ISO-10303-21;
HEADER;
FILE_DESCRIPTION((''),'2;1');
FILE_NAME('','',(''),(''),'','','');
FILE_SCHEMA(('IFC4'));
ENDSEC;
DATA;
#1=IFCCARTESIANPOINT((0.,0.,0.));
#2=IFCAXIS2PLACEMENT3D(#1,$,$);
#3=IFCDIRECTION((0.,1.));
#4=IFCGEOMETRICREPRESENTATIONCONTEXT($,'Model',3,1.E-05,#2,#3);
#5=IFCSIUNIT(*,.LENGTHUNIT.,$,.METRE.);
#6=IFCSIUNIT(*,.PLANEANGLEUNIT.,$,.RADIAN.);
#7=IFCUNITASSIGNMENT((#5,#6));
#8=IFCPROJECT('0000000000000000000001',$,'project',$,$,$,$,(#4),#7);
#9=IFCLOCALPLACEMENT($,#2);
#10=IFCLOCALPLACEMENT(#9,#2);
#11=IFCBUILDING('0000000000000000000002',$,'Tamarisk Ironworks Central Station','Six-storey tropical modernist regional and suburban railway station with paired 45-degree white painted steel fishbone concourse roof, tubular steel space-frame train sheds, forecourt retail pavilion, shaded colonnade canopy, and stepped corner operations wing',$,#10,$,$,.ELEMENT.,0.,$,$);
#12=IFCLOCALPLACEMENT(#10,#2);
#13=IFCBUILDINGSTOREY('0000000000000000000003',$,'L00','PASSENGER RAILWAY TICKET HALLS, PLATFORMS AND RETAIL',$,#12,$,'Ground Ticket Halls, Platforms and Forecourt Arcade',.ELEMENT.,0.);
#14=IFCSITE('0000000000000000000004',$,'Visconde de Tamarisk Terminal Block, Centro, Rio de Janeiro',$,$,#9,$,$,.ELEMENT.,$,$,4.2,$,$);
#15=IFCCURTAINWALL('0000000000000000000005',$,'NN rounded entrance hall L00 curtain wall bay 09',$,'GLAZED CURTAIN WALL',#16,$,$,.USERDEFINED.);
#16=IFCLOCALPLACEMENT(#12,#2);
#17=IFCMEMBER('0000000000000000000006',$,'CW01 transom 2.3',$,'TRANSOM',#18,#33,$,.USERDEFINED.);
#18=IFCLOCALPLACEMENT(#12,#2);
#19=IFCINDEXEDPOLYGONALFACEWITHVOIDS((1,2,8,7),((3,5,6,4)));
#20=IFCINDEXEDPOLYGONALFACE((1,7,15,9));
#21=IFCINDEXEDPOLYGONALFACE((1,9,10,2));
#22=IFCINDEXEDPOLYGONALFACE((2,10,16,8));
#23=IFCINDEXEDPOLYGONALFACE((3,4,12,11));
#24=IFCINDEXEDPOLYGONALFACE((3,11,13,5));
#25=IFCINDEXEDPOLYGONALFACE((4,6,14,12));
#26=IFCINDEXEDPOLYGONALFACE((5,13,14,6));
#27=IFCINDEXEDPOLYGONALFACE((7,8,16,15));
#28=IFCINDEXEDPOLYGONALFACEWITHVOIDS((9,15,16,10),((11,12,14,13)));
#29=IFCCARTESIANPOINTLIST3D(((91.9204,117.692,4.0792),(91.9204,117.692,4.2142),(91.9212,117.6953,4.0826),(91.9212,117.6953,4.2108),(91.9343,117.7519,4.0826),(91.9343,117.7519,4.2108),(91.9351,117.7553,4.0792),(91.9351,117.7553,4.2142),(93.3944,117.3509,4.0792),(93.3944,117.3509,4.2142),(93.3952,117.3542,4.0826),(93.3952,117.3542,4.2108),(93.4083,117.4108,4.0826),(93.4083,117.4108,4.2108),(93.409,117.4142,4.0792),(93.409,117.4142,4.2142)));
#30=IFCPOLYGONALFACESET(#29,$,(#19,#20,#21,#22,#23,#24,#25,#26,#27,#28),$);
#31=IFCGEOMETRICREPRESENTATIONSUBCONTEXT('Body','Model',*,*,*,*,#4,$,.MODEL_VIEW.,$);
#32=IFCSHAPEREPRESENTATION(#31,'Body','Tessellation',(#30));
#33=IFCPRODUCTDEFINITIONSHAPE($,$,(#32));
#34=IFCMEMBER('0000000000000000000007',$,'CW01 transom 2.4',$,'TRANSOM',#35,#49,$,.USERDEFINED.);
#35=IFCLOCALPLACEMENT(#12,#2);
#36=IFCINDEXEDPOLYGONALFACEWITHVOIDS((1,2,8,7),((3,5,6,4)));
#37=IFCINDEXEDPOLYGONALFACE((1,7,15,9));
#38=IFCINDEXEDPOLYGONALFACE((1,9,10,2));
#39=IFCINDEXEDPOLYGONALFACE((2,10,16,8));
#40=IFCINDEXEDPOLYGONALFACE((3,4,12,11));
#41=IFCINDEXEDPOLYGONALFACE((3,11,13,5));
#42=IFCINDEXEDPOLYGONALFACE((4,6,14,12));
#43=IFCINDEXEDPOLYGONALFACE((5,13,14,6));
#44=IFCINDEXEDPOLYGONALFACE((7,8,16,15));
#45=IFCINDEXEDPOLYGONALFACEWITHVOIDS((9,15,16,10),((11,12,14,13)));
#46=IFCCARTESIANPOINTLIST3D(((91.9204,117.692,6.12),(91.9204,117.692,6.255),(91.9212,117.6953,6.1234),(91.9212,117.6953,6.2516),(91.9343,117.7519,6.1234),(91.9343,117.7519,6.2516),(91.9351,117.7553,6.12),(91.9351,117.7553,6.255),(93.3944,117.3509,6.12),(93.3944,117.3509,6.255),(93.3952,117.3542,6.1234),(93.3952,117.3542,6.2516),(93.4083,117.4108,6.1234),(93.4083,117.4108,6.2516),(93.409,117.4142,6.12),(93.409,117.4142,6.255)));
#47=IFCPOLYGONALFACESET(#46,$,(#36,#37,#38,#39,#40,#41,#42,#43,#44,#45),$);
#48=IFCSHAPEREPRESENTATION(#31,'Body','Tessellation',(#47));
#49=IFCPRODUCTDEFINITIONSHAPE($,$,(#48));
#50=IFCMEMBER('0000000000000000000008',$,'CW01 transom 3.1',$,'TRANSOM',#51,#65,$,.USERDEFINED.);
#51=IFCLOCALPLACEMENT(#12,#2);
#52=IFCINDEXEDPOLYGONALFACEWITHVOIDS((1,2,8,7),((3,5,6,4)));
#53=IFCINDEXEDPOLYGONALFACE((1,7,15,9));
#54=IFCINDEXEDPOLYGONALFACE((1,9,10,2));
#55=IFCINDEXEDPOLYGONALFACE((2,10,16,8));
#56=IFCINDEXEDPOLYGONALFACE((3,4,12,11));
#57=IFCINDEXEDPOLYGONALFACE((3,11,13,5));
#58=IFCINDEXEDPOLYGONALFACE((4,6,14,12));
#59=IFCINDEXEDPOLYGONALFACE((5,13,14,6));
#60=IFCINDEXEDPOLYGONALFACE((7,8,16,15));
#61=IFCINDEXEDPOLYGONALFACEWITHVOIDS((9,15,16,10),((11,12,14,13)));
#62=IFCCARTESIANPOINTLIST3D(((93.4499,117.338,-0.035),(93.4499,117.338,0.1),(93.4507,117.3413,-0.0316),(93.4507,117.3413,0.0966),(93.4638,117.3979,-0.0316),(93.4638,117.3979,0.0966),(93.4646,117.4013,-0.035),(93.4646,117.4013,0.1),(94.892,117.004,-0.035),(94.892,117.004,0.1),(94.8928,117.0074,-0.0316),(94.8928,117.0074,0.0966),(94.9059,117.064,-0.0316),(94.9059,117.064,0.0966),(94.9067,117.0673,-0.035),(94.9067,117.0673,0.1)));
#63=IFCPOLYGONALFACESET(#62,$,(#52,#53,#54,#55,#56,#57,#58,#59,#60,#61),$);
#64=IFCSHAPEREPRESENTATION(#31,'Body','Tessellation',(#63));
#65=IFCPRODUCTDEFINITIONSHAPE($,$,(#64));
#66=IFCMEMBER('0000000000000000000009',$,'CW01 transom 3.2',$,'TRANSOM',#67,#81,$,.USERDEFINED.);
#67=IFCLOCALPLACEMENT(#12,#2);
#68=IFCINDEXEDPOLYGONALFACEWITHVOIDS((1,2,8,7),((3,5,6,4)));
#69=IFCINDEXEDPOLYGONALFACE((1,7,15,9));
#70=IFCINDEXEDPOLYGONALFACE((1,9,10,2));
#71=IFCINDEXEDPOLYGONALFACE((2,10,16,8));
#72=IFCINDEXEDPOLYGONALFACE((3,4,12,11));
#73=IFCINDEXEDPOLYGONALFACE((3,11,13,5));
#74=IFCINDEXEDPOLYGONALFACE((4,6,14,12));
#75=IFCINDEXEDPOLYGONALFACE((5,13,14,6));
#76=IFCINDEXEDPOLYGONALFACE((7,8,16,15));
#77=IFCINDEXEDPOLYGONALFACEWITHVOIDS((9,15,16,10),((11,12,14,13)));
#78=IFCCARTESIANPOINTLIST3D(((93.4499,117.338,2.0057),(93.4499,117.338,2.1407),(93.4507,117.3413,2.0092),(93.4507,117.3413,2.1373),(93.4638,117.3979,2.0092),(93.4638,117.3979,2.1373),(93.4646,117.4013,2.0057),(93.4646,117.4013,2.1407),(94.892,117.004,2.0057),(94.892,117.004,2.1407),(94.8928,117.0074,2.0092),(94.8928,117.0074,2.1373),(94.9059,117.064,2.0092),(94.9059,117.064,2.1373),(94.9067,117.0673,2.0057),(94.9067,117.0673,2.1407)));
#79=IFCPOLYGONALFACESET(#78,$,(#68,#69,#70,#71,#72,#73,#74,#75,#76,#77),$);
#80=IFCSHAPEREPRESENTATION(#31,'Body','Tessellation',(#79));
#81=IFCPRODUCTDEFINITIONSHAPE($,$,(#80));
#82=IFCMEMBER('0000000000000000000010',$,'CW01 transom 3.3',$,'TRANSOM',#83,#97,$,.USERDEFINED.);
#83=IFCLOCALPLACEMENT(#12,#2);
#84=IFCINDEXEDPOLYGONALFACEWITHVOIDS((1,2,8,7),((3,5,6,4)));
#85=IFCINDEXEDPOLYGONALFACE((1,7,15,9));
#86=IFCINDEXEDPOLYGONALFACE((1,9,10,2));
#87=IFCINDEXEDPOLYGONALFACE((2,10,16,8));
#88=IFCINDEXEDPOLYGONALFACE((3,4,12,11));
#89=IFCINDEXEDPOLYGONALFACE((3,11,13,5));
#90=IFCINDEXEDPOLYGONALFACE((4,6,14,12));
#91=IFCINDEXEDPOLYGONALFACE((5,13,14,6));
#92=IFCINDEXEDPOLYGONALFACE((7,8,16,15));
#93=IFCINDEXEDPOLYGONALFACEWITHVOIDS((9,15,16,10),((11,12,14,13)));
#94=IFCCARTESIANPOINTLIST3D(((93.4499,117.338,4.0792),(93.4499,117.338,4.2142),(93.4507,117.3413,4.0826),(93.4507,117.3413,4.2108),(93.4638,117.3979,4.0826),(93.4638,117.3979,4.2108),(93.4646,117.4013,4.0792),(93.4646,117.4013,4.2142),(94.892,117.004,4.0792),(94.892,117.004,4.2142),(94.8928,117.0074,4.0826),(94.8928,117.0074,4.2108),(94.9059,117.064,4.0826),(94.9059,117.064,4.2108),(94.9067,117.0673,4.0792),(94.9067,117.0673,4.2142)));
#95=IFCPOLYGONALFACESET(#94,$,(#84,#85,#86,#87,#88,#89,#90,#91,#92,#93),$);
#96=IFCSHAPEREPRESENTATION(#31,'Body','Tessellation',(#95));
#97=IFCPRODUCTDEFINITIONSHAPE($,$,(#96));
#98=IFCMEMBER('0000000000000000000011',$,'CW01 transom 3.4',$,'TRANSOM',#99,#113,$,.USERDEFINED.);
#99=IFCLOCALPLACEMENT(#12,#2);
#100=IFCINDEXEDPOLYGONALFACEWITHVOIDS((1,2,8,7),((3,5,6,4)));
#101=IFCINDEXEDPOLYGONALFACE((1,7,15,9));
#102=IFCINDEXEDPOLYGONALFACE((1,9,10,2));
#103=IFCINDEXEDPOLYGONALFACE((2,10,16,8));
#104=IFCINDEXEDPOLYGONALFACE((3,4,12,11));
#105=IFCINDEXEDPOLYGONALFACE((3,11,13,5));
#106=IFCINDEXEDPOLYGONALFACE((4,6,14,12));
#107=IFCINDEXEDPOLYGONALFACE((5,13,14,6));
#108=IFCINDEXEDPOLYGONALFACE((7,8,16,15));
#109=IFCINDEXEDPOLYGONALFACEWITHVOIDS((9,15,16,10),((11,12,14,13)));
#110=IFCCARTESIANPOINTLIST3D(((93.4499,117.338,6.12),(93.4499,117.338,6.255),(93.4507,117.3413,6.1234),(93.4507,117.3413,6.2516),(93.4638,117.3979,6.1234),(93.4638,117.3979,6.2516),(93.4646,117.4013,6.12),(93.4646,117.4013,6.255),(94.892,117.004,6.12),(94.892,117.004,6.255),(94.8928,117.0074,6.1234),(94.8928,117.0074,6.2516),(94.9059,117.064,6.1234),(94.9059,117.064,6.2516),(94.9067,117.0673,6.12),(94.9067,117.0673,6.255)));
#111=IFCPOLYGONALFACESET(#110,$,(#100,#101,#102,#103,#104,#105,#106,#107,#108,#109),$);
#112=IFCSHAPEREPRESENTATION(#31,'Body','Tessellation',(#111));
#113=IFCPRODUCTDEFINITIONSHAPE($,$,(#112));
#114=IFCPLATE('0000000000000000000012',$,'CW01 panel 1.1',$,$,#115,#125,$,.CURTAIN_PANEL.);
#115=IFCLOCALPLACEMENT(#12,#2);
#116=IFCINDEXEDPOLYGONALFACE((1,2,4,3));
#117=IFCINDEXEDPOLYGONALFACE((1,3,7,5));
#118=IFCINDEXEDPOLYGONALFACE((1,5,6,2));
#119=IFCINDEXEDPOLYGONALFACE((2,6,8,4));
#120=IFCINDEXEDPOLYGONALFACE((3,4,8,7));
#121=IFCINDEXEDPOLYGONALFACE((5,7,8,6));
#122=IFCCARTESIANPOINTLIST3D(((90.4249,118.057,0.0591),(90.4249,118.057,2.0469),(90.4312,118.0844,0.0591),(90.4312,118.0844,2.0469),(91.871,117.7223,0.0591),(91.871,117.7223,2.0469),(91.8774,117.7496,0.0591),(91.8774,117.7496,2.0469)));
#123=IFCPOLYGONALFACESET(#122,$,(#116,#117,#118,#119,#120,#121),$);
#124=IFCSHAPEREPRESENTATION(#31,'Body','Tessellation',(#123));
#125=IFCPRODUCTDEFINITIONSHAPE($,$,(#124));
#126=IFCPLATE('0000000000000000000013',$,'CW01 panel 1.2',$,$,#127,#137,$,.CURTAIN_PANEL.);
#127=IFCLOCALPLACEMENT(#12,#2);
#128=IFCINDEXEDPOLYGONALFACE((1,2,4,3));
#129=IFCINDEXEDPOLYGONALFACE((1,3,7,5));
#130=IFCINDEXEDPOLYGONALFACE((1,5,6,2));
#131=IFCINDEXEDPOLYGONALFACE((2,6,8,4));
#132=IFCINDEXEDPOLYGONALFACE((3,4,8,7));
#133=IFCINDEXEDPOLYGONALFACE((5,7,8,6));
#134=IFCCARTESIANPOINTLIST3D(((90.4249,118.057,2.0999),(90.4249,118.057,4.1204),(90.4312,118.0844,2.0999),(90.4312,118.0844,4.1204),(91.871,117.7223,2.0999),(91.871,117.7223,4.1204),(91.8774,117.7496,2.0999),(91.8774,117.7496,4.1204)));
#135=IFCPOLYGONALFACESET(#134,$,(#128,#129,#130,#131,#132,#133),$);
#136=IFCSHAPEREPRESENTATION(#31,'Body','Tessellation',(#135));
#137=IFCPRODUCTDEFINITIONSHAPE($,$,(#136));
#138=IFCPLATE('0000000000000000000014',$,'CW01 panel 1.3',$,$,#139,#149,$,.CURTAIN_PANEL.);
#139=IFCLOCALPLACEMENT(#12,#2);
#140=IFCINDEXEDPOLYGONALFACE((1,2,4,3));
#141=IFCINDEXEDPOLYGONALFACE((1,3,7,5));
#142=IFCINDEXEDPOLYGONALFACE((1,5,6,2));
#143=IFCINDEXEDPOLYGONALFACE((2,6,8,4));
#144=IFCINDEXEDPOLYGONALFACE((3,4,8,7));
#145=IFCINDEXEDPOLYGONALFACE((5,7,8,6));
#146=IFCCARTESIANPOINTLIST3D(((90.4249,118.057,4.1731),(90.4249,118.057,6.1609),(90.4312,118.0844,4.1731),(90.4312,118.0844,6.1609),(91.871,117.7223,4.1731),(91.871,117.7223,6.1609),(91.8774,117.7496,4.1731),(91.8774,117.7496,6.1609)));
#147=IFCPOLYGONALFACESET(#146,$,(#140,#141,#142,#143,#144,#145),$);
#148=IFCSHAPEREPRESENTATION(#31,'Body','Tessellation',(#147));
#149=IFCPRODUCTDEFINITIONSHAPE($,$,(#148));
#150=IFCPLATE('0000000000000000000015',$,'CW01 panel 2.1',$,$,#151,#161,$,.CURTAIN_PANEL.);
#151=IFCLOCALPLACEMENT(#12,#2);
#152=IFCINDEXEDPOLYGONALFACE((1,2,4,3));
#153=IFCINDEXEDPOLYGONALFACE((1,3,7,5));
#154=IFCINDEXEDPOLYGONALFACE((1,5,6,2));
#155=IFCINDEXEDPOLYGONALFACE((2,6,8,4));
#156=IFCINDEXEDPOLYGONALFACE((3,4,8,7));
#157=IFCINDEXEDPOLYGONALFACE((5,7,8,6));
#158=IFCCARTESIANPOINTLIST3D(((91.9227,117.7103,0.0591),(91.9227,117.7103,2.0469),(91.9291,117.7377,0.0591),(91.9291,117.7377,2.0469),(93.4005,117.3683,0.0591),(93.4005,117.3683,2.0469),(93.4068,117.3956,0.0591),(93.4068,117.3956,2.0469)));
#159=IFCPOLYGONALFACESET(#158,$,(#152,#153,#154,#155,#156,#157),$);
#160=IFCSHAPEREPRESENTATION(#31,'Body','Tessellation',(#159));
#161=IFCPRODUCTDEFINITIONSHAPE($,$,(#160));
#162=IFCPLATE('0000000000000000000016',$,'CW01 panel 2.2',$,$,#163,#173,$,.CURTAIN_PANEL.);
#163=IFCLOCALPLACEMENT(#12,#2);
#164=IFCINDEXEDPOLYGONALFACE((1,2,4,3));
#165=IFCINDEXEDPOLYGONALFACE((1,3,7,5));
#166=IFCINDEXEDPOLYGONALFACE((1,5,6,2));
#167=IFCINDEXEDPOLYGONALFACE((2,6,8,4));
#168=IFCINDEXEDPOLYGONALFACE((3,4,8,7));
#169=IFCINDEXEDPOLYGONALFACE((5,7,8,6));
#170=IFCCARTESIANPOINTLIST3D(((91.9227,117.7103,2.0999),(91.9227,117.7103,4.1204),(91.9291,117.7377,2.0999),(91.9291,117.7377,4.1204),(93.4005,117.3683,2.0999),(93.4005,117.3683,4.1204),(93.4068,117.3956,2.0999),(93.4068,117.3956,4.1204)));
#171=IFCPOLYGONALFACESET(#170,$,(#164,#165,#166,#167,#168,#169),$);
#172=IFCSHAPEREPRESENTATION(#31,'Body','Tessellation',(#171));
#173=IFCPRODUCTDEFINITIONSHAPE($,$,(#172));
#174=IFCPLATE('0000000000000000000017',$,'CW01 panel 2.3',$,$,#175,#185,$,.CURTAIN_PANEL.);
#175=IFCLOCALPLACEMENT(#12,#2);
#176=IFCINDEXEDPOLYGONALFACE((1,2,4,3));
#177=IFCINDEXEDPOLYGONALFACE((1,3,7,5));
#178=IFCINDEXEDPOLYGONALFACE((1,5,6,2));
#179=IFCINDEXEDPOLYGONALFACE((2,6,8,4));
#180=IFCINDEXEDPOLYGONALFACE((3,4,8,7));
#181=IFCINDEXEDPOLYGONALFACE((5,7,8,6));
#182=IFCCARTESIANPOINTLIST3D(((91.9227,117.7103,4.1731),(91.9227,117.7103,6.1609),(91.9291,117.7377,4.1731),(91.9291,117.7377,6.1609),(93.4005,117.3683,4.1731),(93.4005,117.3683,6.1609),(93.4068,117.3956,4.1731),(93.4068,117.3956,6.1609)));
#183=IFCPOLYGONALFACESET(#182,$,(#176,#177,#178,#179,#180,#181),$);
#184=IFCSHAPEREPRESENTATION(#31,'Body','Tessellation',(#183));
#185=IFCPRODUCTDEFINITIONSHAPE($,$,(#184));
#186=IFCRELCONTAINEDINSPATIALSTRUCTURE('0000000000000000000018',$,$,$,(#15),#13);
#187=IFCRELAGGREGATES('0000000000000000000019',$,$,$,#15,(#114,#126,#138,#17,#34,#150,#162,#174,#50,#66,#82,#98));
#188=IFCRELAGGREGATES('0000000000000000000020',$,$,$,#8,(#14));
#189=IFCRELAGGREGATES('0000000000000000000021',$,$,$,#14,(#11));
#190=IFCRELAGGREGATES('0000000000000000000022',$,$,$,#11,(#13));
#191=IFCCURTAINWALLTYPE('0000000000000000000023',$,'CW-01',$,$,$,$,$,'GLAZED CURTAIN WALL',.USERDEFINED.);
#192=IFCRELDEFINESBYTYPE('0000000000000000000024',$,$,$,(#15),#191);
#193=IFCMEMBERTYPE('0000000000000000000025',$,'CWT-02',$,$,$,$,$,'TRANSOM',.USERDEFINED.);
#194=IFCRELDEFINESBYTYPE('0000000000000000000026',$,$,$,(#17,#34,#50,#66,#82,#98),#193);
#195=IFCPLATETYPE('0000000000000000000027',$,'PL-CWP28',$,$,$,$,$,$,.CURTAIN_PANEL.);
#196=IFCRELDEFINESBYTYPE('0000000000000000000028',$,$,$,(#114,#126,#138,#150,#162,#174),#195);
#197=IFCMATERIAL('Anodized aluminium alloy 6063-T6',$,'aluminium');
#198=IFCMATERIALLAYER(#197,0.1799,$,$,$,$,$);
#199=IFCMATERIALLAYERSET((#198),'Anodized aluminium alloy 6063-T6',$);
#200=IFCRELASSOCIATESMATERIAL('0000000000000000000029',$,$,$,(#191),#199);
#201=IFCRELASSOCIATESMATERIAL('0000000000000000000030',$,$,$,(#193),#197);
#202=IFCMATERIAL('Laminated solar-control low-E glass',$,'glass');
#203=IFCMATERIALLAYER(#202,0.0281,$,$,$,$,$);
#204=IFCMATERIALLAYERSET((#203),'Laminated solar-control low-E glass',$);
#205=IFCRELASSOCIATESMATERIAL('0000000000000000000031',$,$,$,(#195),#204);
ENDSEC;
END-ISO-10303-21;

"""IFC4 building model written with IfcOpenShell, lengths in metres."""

from ifc_helpers import new_model, si_unit, direction, frame, origin, origin_2d, place, context, subcontext, project, spatial, rectangle, hollow_rectangle, extrude, material, layer, layer_set, material_profile, profile_set, type_object, element, aggregate, save


model = new_model("IFC4")

# Units and contexts
model_context = context("Model", 3, precision=1e-05, world=origin(), true_north=direction((0.0, 1.0)))
body_context = subcontext(model_context, "Body", "Model", "MODEL_VIEW")
ifc_project = project(units=[si_unit("LENGTHUNIT", "METRE"), si_unit("PLANEANGLEUNIT", "RADIAN")], contexts=[model_context])

# Site, building, storey
site_placement = place(None, origin())
site = spatial("IfcSite", under=ifc_project, at=site_placement, Name="Visconde de Tamarisk Terminal Block, Centro, Rio de Janeiro", CompositionType="ELEMENT", RefElevation=4.2)
building_placement = place(site_placement, origin())
building = spatial("IfcBuilding", under=site, at=building_placement, Name="Tamarisk Ironworks Central Station", Description="Six-storey tropical modernist regional and suburban railway station with paired 45-degree white painted steel fishbone concourse roof, tubular steel space-frame train sheds, forecourt retail pavilion, shaded colonnade canopy, and stepped corner operations wing", CompositionType="ELEMENT", ElevationOfRefHeight=0.0)
storey_placement = place(building_placement, origin())
storey = spatial("IfcBuildingStorey", under=building, at=storey_placement, Name="L00", Description="PASSENGER RAILWAY TICKET HALLS, PLATFORMS AND RETAIL", LongName="Ground Ticket Halls, Platforms and Forecourt Arcade", CompositionType="ELEMENT", Elevation=0.0)

# Curtain wall
ifc_material_1 = material(Name="Anodized aluminium alloy 6063-T6", Category="aluminium")
ifc_layer_1 = layer(ifc_material_1, 0.1799)
ifc_layer_set_1 = layer_set([ifc_layer_1], Name="Anodized aluminium alloy 6063-T6")
curtain_wall_type = type_object("IfcCurtainWallType", Name="CW-01", ElementType="GLAZED CURTAIN WALL", PredefinedType="USERDEFINED", material=ifc_layer_set_1)
curtain_wall_1_placement = place(storey_placement, origin())
curtain_wall_1 = element("IfcCurtainWall", 1, at=curtain_wall_1_placement, inside=storey, type_object=curtain_wall_type, Name="NN rounded entrance hall L00 curtain wall bay 09", ObjectType="GLAZED CURTAIN WALL", PredefinedType="USERDEFINED")

# Members
ifc_material_profile_1 = material_profile(ifc_material_1, hollow_rectangle(XDim=0.0649, YDim=0.135, WallThickness=0.0034, at=origin_2d()), Name="ALUM 135x65")
ifc_profile_set_1 = profile_set([ifc_material_profile_1], Name="Anodized aluminium alloy 6063-T6")
member_type_1 = type_object("IfcMemberType", Name="CWT-02", ElementType="TRANSOM", PredefinedType="USERDEFINED", material=ifc_profile_set_1)
member_1_placement = place(storey_placement, frame((91.9277, 117.7236, 4.1467), z_axis=(0.974255, -0.225449, 0.0), x_axis=(0.225449, 0.974255, 0.0)))
member_1 = element("IfcMember", 2, at=member_1_placement, type_object=member_type_1, Name="CW01 transom 2.3", ObjectType="TRANSOM", PredefinedType="USERDEFINED", context=body_context, shape_type="SweptSolid", body=[
    extrude(hollow_rectangle(XDim=0.0649, YDim=0.135, WallThickness=0.0034, at=origin_2d()), origin(), (0.0, 0.0, 1.0), 1.5129),
])
member_2_placement = place(storey_placement, frame((91.9277, 117.7236, 6.1875), z_axis=(0.974255, -0.225449, 0.0), x_axis=(0.225449, 0.974255, 0.0)))
member_2 = element("IfcMember", 3, at=member_2_placement, type_object=member_type_1, Name="CW01 transom 2.4", ObjectType="TRANSOM", PredefinedType="USERDEFINED", context=body_context, shape_type="SweptSolid", body=[
    extrude(hollow_rectangle(XDim=0.0649, YDim=0.135, WallThickness=0.0034, at=origin_2d()), origin(), (0.0, 0.0, 1.0), 1.5129),
])
member_3_placement = place(storey_placement, frame((93.4573, 117.3696, 0.0325), z_axis=(0.974216, -0.225618, 0.0), x_axis=(0.225618, 0.974216, 0.0)))
member_3 = element("IfcMember", 4, at=member_3_placement, type_object=member_type_1, Name="CW01 transom 3.1", ObjectType="TRANSOM", PredefinedType="USERDEFINED", context=body_context, shape_type="SweptSolid", body=[
    extrude(hollow_rectangle(XDim=0.0649, YDim=0.135, WallThickness=0.0034, at=origin_2d()), origin(), (0.0, 0.0, 1.0), 1.4802),
])
member_4_placement = place(storey_placement, frame((93.4573, 117.3696, 2.0732), z_axis=(0.974216, -0.225618, 0.0), x_axis=(0.225618, 0.974216, 0.0)))
member_4 = element("IfcMember", 5, at=member_4_placement, type_object=member_type_1, Name="CW01 transom 3.2", ObjectType="TRANSOM", PredefinedType="USERDEFINED", context=body_context, shape_type="SweptSolid", body=[
    extrude(hollow_rectangle(XDim=0.0649, YDim=0.135, WallThickness=0.0034, at=origin_2d()), origin(), (0.0, 0.0, 1.0), 1.4802),
])
member_5_placement = place(storey_placement, frame((93.4573, 117.3696, 4.1467), z_axis=(0.974216, -0.225618, 0.0), x_axis=(0.225618, 0.974216, 0.0)))
member_5 = element("IfcMember", 6, at=member_5_placement, type_object=member_type_1, Name="CW01 transom 3.3", ObjectType="TRANSOM", PredefinedType="USERDEFINED", context=body_context, shape_type="SweptSolid", body=[
    extrude(hollow_rectangle(XDim=0.0649, YDim=0.135, WallThickness=0.0034, at=origin_2d()), origin(), (0.0, 0.0, 1.0), 1.4802),
])
member_6_placement = place(storey_placement, frame((93.4573, 117.3696, 6.1875), z_axis=(0.974216, -0.225618, 0.0), x_axis=(0.225618, 0.974216, 0.0)))
member_6 = element("IfcMember", 7, at=member_6_placement, type_object=member_type_1, Name="CW01 transom 3.4", ObjectType="TRANSOM", PredefinedType="USERDEFINED", context=body_context, shape_type="SweptSolid", body=[
    extrude(hollow_rectangle(XDim=0.0649, YDim=0.135, WallThickness=0.0034, at=origin_2d()), origin(), (0.0, 0.0, 1.0), 1.4802),
])

# Plates
ifc_material_2 = material(Name="Laminated solar-control low-E glass", Category="glass")
ifc_layer_2 = layer(ifc_material_2, 0.0281)
ifc_layer_set_2 = layer_set([ifc_layer_2], Name="Laminated solar-control low-E glass")
plate_type = type_object("IfcPlateType", Name="PL-CWP28", PredefinedType="CURTAIN_PANEL", material=ifc_layer_set_2)
plate_1_placement = place(storey_placement, frame((91.1511, 117.9033, 0.0591), z_axis=(0.0, 0.0, 1.0), x_axis=(0.974239, -0.225517, 0.0)))
plate_1 = element("IfcPlate", 8, at=plate_1_placement, type_object=plate_type, Name="CW01 panel 1.1", PredefinedType="CURTAIN_PANEL", context=body_context, shape_type="SweptSolid", body=[
    extrude(rectangle(XDim=1.4844, YDim=0.0281, at=origin_2d()), origin(), (0.0, 0.0, 1.0), 1.9878),
])
plate_2_placement = place(storey_placement, frame((91.1511, 117.9033, 2.0999), z_axis=(0.0, 0.0, 1.0), x_axis=(0.974239, -0.225517, 0.0)))
plate_2 = element("IfcPlate", 9, at=plate_2_placement, type_object=plate_type, Name="CW01 panel 1.2", PredefinedType="CURTAIN_PANEL", context=body_context, shape_type="SweptSolid", body=[
    extrude(rectangle(XDim=1.4844, YDim=0.0281, at=origin_2d()), origin(), (0.0, 0.0, 1.0), 2.0205),
])
plate_3_placement = place(storey_placement, frame((91.1511, 117.9033, 4.1731), z_axis=(0.0, 0.0, 1.0), x_axis=(0.974239, -0.225517, 0.0)))
plate_3 = element("IfcPlate", 10, at=plate_3_placement, type_object=plate_type, Name="CW01 panel 1.3", PredefinedType="CURTAIN_PANEL", context=body_context, shape_type="SweptSolid", body=[
    extrude(rectangle(XDim=1.4844, YDim=0.0281, at=origin_2d()), origin(), (0.0, 0.0, 1.0), 1.9878),
])
plate_4_placement = place(storey_placement, frame((92.6648, 117.553, 0.0591), z_axis=(0.0, 0.0, 1.0), x_axis=(0.974239, -0.225517, 0.0)))
plate_4 = element("IfcPlate", 11, at=plate_4_placement, type_object=plate_type, Name="CW01 panel 2.1", PredefinedType="CURTAIN_PANEL", context=body_context, shape_type="SweptSolid", body=[
    extrude(rectangle(XDim=1.5168, YDim=0.0281, at=origin_2d()), origin(), (0.0, 0.0, 1.0), 1.9878),
])
plate_5_placement = place(storey_placement, frame((92.6648, 117.553, 2.0999), z_axis=(0.0, 0.0, 1.0), x_axis=(0.974239, -0.225517, 0.0)))
plate_5 = element("IfcPlate", 12, at=plate_5_placement, type_object=plate_type, Name="CW01 panel 2.2", PredefinedType="CURTAIN_PANEL", context=body_context, shape_type="SweptSolid", body=[
    extrude(rectangle(XDim=1.5168, YDim=0.0281, at=origin_2d()), origin(), (0.0, 0.0, 1.0), 2.0205),
])
plate_6_placement = place(storey_placement, frame((92.6648, 117.553, 4.1731), z_axis=(0.0, 0.0, 1.0), x_axis=(0.974239, -0.225517, 0.0)))
plate_6 = element("IfcPlate", 13, at=plate_6_placement, type_object=plate_type, Name="CW01 panel 2.3", PredefinedType="CURTAIN_PANEL", context=body_context, shape_type="SweptSolid", body=[
    extrude(rectangle(XDim=1.5168, YDim=0.0281, at=origin_2d()), origin(), (0.0, 0.0, 1.0), 1.9878),
])
aggregate(curtain_wall_1, [plate_1, plate_2, plate_3, member_1, member_2, plate_4, plate_5, plate_6, member_3, member_4, member_5, member_6])

save(model, "model.ifc")
